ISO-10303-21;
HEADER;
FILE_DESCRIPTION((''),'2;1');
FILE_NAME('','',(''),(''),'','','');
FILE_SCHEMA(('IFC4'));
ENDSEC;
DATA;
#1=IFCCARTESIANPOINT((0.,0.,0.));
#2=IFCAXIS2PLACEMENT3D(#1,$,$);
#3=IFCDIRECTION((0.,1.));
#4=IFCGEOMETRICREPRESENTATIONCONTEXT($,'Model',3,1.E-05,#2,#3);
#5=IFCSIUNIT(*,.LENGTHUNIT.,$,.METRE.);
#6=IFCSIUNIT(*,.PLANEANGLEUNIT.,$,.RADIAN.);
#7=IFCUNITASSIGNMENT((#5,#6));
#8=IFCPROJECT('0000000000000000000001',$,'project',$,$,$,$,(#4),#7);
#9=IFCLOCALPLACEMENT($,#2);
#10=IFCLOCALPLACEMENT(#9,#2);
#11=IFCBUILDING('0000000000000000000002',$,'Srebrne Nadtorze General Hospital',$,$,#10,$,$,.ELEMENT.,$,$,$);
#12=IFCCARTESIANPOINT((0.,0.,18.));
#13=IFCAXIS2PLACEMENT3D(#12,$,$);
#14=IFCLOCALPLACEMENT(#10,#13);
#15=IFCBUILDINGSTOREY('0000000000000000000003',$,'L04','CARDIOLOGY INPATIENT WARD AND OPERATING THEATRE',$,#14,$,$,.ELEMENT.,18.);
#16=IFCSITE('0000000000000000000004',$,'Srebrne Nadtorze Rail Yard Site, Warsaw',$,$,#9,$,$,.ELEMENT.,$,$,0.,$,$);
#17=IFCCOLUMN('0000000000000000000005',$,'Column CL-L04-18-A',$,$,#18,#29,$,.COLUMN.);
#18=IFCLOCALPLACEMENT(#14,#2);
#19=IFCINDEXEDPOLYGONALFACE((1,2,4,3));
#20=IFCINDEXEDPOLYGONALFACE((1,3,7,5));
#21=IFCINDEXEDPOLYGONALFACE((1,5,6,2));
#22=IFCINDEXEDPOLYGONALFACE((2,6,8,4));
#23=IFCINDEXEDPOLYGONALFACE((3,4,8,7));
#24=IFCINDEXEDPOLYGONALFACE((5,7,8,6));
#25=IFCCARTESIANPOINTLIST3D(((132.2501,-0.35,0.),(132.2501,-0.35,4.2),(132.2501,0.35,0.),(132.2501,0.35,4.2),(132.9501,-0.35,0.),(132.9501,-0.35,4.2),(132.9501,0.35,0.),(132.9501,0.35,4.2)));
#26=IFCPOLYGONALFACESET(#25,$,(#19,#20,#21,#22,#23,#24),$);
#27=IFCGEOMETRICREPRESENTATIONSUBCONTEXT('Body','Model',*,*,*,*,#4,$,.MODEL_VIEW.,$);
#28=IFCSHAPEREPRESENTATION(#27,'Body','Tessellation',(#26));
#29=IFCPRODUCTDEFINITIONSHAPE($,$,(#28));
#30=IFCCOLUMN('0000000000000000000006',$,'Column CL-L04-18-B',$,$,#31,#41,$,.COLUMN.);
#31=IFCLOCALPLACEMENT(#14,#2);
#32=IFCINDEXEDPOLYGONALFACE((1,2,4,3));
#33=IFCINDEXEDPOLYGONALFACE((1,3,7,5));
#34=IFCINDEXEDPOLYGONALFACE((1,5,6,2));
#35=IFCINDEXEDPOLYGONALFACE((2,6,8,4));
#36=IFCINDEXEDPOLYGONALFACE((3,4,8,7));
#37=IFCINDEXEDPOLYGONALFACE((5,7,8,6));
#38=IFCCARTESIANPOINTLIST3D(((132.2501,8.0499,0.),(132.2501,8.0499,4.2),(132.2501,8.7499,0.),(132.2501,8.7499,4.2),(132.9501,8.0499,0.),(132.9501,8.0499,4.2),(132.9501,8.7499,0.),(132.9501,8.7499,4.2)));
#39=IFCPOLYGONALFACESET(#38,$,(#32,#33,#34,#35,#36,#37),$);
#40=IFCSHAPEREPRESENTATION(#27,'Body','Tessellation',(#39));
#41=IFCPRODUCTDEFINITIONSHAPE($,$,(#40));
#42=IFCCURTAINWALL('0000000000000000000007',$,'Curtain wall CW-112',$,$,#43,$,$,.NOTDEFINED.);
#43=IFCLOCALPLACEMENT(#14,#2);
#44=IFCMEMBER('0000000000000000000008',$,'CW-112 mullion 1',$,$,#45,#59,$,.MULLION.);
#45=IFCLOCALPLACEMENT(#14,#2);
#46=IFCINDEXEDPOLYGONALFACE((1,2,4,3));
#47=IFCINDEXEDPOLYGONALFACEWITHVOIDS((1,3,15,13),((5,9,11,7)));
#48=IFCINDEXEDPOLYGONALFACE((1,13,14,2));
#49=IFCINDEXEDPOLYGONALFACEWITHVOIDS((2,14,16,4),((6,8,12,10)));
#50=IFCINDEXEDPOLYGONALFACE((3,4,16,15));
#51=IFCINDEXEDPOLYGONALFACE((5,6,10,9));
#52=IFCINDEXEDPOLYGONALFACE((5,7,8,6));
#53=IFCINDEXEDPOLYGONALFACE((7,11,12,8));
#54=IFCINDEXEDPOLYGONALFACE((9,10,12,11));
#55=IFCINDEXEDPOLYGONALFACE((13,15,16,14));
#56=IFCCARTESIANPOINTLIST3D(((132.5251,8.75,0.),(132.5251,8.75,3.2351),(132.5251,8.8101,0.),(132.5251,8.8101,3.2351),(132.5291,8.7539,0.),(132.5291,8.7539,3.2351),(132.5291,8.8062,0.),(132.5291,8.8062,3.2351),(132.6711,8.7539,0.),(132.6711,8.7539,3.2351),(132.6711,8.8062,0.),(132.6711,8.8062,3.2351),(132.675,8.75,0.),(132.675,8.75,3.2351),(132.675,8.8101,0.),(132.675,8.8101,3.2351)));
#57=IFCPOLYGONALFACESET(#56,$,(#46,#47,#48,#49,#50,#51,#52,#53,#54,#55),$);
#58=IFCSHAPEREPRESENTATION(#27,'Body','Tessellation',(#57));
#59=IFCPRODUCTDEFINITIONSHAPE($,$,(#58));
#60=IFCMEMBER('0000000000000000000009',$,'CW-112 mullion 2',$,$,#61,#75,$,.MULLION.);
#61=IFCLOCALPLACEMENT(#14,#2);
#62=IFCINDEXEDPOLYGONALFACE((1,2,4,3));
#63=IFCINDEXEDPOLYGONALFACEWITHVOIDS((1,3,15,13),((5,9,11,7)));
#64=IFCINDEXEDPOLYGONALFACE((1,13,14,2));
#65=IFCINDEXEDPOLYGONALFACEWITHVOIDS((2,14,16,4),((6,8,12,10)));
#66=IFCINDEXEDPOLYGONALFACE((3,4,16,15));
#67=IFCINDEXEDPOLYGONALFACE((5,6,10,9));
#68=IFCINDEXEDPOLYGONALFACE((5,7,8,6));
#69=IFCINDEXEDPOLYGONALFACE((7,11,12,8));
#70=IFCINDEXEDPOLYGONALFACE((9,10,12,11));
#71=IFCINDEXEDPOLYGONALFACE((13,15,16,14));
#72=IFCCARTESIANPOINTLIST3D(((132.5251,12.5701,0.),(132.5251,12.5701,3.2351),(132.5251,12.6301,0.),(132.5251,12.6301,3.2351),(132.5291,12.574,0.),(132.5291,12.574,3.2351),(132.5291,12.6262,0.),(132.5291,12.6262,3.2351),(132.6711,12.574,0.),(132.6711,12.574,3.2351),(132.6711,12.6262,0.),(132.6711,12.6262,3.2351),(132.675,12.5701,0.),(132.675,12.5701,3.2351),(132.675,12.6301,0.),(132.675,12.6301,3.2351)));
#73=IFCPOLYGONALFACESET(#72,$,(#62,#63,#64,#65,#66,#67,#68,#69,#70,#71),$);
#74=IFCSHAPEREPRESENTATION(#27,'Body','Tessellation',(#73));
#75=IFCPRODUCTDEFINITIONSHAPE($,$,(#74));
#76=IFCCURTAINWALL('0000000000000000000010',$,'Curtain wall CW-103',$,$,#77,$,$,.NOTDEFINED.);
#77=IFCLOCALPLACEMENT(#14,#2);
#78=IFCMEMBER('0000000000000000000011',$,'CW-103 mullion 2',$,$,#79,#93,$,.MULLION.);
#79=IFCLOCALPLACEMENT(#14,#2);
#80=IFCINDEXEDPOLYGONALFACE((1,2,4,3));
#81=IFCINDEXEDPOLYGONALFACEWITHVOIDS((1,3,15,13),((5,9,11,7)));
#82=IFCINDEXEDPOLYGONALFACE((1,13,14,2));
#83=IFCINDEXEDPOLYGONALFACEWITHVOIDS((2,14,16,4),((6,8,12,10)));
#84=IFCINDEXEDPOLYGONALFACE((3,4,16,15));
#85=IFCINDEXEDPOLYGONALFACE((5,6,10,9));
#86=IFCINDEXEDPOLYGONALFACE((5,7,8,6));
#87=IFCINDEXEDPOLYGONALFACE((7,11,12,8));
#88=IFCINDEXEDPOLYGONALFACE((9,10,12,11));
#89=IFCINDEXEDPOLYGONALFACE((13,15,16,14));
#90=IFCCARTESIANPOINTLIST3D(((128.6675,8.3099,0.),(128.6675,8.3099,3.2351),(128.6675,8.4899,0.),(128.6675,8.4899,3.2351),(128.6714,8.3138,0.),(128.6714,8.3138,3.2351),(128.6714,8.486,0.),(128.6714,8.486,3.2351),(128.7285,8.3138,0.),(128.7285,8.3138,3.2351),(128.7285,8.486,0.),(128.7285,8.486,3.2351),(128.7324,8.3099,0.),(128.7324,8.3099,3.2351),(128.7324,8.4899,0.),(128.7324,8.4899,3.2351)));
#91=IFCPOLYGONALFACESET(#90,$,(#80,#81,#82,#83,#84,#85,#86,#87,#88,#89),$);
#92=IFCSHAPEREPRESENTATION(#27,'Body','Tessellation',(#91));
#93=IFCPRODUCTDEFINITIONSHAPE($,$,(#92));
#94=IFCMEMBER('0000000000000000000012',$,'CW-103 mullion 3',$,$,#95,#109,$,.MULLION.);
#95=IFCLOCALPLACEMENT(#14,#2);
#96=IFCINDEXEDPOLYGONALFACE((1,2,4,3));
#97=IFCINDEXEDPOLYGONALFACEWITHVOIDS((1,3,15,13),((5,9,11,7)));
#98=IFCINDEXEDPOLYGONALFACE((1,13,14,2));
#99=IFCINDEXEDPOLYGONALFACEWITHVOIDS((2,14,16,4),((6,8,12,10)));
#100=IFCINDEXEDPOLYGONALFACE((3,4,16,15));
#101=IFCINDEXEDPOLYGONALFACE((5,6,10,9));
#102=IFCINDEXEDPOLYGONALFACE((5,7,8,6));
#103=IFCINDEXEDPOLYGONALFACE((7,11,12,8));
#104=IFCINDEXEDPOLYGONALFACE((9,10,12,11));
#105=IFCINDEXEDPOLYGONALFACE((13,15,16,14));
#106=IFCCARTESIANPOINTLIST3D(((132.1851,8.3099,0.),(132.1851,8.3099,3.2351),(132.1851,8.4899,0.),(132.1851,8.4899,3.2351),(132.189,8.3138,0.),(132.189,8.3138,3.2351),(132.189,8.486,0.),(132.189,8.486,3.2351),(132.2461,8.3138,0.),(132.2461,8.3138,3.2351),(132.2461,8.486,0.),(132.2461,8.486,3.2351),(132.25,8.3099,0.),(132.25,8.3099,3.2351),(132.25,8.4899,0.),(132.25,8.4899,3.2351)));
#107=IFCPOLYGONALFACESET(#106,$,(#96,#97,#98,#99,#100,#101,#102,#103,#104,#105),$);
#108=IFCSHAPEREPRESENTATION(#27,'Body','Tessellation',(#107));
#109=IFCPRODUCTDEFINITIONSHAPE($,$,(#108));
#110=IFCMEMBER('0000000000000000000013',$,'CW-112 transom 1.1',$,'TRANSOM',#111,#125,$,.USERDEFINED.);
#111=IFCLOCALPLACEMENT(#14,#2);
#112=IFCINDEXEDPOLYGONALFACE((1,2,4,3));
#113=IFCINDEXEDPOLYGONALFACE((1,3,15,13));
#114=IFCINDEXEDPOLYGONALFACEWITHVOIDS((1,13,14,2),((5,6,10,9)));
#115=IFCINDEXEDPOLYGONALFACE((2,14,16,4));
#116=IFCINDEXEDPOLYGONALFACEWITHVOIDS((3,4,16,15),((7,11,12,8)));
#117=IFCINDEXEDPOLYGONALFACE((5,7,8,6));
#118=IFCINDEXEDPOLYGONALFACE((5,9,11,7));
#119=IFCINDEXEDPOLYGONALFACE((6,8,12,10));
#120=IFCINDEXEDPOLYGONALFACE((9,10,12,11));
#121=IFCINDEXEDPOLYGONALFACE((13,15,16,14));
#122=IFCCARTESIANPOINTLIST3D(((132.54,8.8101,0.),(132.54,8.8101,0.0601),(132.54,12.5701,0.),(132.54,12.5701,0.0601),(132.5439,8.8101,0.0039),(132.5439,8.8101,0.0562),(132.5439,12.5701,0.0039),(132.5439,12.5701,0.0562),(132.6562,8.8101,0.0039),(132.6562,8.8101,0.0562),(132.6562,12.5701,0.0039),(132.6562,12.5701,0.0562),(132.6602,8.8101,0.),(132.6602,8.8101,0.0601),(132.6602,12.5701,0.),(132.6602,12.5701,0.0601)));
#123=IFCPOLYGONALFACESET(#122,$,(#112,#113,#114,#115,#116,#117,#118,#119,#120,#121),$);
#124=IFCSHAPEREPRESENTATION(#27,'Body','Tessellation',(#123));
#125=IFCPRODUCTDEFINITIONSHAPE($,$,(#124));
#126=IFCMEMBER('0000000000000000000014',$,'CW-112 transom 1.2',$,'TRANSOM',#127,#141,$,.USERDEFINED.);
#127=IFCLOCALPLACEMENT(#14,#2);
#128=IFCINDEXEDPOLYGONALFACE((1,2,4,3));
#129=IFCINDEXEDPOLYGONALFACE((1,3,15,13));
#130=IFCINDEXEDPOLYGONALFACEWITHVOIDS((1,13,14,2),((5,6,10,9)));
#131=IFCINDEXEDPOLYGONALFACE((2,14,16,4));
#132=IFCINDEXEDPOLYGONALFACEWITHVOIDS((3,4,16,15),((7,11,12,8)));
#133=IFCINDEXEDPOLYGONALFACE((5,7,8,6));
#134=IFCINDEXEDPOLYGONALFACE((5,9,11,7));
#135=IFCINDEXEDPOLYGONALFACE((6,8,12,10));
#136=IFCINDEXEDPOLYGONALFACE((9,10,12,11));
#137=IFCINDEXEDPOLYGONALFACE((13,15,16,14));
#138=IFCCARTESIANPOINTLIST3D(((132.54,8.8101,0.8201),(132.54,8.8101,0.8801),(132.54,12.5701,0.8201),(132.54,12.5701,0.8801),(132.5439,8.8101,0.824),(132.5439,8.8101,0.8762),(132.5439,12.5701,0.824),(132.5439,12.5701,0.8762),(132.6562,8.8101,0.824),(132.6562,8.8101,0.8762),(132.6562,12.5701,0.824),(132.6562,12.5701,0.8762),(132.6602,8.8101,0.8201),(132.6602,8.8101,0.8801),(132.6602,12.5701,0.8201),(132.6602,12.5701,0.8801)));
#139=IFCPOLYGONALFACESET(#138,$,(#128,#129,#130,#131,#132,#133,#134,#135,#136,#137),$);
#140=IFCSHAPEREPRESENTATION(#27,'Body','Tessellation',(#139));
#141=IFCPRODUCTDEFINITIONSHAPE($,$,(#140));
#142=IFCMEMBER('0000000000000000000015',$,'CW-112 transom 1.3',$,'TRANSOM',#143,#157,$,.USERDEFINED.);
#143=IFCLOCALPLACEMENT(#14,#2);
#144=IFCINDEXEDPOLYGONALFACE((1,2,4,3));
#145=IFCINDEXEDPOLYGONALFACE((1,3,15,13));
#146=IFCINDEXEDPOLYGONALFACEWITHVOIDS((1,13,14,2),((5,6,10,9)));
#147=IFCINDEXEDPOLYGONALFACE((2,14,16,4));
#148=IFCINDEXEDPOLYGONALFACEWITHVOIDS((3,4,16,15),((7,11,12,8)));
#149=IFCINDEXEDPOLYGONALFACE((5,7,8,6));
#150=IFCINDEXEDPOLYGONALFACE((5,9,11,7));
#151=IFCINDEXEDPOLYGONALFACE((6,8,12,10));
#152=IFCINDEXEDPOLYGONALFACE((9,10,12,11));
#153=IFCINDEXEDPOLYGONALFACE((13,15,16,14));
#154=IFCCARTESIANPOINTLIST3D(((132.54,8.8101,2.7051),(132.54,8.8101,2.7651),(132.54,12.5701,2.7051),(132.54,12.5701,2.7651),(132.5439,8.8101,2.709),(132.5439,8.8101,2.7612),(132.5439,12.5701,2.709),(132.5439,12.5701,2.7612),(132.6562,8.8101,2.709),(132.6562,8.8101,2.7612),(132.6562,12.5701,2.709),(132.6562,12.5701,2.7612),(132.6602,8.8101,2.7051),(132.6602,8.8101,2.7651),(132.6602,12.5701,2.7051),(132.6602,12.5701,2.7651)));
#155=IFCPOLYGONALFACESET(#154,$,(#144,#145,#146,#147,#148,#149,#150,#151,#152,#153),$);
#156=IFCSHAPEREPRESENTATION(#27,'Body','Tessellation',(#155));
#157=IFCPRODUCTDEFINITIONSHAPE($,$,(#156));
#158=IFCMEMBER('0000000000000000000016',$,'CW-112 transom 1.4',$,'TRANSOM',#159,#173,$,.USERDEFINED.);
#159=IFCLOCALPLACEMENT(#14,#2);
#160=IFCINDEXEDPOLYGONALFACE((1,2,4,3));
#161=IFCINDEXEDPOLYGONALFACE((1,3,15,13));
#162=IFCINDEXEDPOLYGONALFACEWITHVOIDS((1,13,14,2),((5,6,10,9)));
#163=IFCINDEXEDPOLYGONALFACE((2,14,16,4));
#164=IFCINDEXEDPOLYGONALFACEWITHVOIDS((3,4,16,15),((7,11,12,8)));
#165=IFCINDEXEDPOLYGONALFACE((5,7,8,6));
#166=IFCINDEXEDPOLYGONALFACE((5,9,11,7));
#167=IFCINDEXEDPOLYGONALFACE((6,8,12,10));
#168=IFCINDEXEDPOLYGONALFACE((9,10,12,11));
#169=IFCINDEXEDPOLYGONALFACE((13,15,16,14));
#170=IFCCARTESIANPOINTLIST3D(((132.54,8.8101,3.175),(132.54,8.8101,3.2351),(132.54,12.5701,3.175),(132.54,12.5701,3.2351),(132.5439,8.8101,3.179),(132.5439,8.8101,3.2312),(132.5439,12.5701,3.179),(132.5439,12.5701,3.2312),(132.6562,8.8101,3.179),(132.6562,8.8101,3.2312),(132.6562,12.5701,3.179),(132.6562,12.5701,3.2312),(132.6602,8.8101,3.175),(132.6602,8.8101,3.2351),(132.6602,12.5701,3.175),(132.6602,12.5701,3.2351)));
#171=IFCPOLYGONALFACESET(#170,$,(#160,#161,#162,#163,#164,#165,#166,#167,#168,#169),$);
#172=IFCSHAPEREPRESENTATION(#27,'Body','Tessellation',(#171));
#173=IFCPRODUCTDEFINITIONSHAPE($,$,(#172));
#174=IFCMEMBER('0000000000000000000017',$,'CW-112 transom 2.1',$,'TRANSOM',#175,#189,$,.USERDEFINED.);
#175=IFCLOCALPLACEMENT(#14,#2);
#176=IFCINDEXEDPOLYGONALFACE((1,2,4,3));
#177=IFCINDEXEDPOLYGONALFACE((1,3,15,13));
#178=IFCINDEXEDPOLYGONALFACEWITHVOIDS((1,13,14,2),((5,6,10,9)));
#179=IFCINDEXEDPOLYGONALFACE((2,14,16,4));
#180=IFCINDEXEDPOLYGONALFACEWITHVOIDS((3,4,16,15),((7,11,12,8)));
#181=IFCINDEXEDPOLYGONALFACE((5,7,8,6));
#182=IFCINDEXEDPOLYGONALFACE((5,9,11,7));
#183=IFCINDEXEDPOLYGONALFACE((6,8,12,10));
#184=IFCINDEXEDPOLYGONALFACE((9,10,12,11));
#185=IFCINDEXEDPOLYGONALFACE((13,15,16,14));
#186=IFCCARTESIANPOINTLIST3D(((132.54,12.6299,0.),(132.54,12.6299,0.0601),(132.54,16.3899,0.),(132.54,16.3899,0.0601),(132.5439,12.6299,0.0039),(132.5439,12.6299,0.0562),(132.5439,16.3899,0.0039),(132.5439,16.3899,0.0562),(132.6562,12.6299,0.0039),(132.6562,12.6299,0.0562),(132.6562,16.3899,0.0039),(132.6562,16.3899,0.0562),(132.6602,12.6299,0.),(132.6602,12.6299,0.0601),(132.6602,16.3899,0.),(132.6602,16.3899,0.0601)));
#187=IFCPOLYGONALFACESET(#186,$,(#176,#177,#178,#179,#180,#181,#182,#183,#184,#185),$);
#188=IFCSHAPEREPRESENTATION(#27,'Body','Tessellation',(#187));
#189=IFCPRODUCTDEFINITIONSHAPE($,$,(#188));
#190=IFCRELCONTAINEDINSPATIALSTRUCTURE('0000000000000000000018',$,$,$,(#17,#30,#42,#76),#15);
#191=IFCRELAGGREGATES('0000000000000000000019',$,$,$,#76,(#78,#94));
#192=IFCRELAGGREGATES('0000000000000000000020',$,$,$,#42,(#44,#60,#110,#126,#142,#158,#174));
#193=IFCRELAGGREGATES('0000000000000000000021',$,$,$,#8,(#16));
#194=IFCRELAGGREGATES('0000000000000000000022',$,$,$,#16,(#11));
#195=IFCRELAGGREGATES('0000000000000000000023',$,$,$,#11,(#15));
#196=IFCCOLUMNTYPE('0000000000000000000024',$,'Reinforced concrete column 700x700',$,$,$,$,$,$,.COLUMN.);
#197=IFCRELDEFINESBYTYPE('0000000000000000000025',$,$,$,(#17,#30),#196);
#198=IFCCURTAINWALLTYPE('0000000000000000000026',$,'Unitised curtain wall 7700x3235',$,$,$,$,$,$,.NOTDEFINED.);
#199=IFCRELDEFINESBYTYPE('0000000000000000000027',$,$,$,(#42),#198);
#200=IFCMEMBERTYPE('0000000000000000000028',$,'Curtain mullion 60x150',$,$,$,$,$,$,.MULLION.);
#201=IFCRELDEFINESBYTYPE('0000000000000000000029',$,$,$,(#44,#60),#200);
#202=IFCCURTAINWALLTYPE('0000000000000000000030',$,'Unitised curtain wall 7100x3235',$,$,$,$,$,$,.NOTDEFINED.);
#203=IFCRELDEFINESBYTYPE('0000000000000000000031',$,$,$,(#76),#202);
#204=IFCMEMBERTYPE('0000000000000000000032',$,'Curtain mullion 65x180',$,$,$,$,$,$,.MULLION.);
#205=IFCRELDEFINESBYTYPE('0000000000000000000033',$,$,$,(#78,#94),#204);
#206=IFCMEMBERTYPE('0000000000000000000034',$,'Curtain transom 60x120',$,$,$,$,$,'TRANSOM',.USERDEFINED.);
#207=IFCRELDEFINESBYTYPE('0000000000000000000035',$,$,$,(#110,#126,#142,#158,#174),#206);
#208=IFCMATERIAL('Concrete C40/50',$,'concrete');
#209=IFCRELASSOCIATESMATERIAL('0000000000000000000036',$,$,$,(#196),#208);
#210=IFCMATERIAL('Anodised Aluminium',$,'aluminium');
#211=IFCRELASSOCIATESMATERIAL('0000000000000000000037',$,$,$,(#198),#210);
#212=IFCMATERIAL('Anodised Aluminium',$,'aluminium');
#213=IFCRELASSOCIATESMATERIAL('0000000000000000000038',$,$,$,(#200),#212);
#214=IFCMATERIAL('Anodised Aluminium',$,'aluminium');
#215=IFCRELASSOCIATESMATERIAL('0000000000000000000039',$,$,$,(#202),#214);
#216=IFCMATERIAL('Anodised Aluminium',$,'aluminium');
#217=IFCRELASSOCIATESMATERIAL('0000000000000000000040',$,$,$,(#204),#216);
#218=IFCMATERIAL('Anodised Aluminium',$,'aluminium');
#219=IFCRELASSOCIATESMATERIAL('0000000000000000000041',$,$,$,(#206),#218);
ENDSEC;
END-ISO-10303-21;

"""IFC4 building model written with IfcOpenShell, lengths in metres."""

from ifc_helpers import new_model, si_unit, direction, frame, origin, origin_2d, place, context, subcontext, project, spatial, rectangle, hollow_rectangle, extrude, material, material_profile, profile_set, type_object, element, aggregate, save


model = new_model("IFC4")

# Units and contexts
model_context = context("Model", 3, precision=1e-05, world=origin(), true_north=direction((0.0, 1.0)))
body_context = subcontext(model_context, "Body", "Model", "MODEL_VIEW")
ifc_project = project(units=[si_unit("LENGTHUNIT", "METRE"), si_unit("PLANEANGLEUNIT", "RADIAN")], contexts=[model_context])

# Site, building, storey
site_placement = place(None, origin())
site = spatial("IfcSite", under=ifc_project, at=site_placement, Name="Srebrne Nadtorze Rail Yard Site, Warsaw", CompositionType="ELEMENT", RefElevation=0.0)
building_placement = place(site_placement, origin())
building = spatial("IfcBuilding", under=site, at=building_placement, Name="Srebrne Nadtorze General Hospital", CompositionType="ELEMENT")
storey_placement = place(building_placement, frame((0.0, 0.0, 18.0)))
storey = spatial("IfcBuildingStorey", under=building, at=storey_placement, Name="L04", Description="CARDIOLOGY INPATIENT WARD AND OPERATING THEATRE", CompositionType="ELEMENT", Elevation=18.0)

# Columns
ifc_material_1 = material(Name="Concrete C40/50", Category="concrete")
ifc_material_profile_1 = material_profile(ifc_material_1, rectangle(XDim=0.7, YDim=0.7, at=origin_2d()), Name="RC-COL-700x700")
ifc_profile_set_1 = profile_set([ifc_material_profile_1], Name="Concrete C40/50")
column_type = type_object("IfcColumnType", Name="Reinforced concrete column 700x700", PredefinedType="COLUMN", material=ifc_profile_set_1)
for number, where, z_axis, x_axis, name in (
    (1, (132.6001, 0.0, 0.0), (0.0, 0.0, 1.0), (1.0, 0.0, 0.0), "Column CL-L04-18-A"),
    (2, (132.6001, 8.3999, 0.0), (0.0, 0.0, 1.0), (1.0, 0.0, 0.0), "Column CL-L04-18-B"),
):
    element("IfcColumn", number, at=place(storey_placement, frame(where, z_axis=z_axis, x_axis=x_axis)), inside=storey, type_object=column_type, Name=name, PredefinedType="COLUMN", context=body_context, shape_type="SweptSolid", body=[
        extrude(rectangle(XDim=0.7, YDim=0.7, at=origin_2d()), origin(), (0.0, 0.0, 1.0), 4.2),
    ])

# Curtain walls, members
ifc_material_2 = material(Name="Anodised Aluminium", Category="aluminium")
curtain_wall_type_1 = type_object("IfcCurtainWallType", Name="Unitised curtain wall 7700x3235", PredefinedType="NOTDEFINED", material=ifc_material_2)
curtain_wall_1_placement = place(storey_placement, origin())
curtain_wall_1 = element("IfcCurtainWall", 3, at=curtain_wall_1_placement, inside=storey, type_object=curtain_wall_type_1, Name="Curtain wall CW-112", PredefinedType="NOTDEFINED")
ifc_material_3 = material(Name="Anodised Aluminium", Category="aluminium")
ifc_material_profile_2 = material_profile(ifc_material_3, hollow_rectangle(XDim=0.0601, YDim=0.1499, WallThickness=0.0039, at=origin_2d()), Name="AL-MUL-60x150")
ifc_profile_set_2 = profile_set([ifc_material_profile_2], Name="Anodised Aluminium")
member_type_1 = type_object("IfcMemberType", Name="Curtain mullion 60x150", PredefinedType="MULLION", material=ifc_profile_set_2)
member_1_placement = place(storey_placement, frame((132.6001, 8.78, 0.0), z_axis=(0.0, 0.0, 1.0), x_axis=(0.0, 1.0, 0.0)))
member_1 = element("IfcMember", 4, at=member_1_placement, type_object=member_type_1, Name="CW-112 mullion 1", PredefinedType="MULLION", context=body_context, shape_type="SweptSolid", body=[
    extrude(hollow_rectangle(XDim=0.0601, YDim=0.1499, WallThickness=0.0039, at=origin_2d()), origin(), (0.0, 0.0, 1.0), 3.2351),
])
member_2_placement = place(storey_placement, frame((132.6001, 12.6001, 0.0), z_axis=(0.0, 0.0, 1.0), x_axis=(0.0, 1.0, 0.0)))
member_2 = element("IfcMember", 5, at=member_2_placement, type_object=member_type_1, Name="CW-112 mullion 2", PredefinedType="MULLION", context=body_context, shape_type="SweptSolid", body=[
    extrude(hollow_rectangle(XDim=0.0601, YDim=0.1499, WallThickness=0.0039, at=origin_2d()), origin(), (0.0, 0.0, 1.0), 3.2351),
])
ifc_material_4 = material(Name="Anodised Aluminium", Category="aluminium")
curtain_wall_type_2 = type_object("IfcCurtainWallType", Name="Unitised curtain wall 7100x3235", PredefinedType="NOTDEFINED", material=ifc_material_4)
curtain_wall_2_placement = place(storey_placement, origin())
curtain_wall_2 = element("IfcCurtainWall", 6, at=curtain_wall_2_placement, inside=storey, type_object=curtain_wall_type_2, Name="Curtain wall CW-103", PredefinedType="NOTDEFINED")
ifc_material_5 = material(Name="Anodised Aluminium", Category="aluminium")
ifc_material_profile_3 = material_profile(ifc_material_5, hollow_rectangle(XDim=0.0649, YDim=0.1799, WallThickness=0.0039, at=origin_2d()), Name="AL-MUL-65x180")
ifc_profile_set_3 = profile_set([ifc_material_profile_3], Name="Anodised Aluminium")
member_type_2 = type_object("IfcMemberType", Name="Curtain mullion 65x180", PredefinedType="MULLION", material=ifc_profile_set_3)
member_3_placement = place(storey_placement, frame((128.7, 8.3999, 0.0), z_axis=(0.0, 0.0, 1.0), x_axis=(1.0, 0.0, 0.0)))
member_3 = element("IfcMember", 7, at=member_3_placement, type_object=member_type_2, Name="CW-103 mullion 2", PredefinedType="MULLION", context=body_context, shape_type="SweptSolid", body=[
    extrude(hollow_rectangle(XDim=0.0649, YDim=0.1799, WallThickness=0.0039, at=origin_2d()), origin(), (0.0, 0.0, 1.0), 3.2351),
])
member_4_placement = place(storey_placement, frame((132.2175, 8.3999, 0.0), z_axis=(0.0, 0.0, 1.0), x_axis=(1.0, 0.0, 0.0)))
member_4 = element("IfcMember", 8, at=member_4_placement, type_object=member_type_2, Name="CW-103 mullion 3", PredefinedType="MULLION", context=body_context, shape_type="SweptSolid", body=[
    extrude(hollow_rectangle(XDim=0.0649, YDim=0.1799, WallThickness=0.0039, at=origin_2d()), origin(), (0.0, 0.0, 1.0), 3.2351),
])

# Members
ifc_material_6 = material(Name="Anodised Aluminium", Category="aluminium")
ifc_material_profile_4 = material_profile(ifc_material_6, hollow_rectangle(XDim=0.0601, YDim=0.1201, WallThickness=0.0039, at=origin_2d()), Name="AL-TRN-60x120")
ifc_profile_set_4 = profile_set([ifc_material_profile_4], Name="Anodised Aluminium")
member_type_3 = type_object("IfcMemberType", Name="Curtain transom 60x120", ElementType="TRANSOM", PredefinedType="USERDEFINED", material=ifc_profile_set_4)
member_5_placement = place(storey_placement, frame((132.6001, 8.8101, 0.03), z_axis=(0.0, 1.0, 0.0), x_axis=(0.0, 0.0, 1.0)))
member_5 = element("IfcMember", 9, at=member_5_placement, type_object=member_type_3, Name="CW-112 transom 1.1", ObjectType="TRANSOM", PredefinedType="USERDEFINED", context=body_context, shape_type="SweptSolid", body=[
    extrude(hollow_rectangle(XDim=0.0601, YDim=0.1201, WallThickness=0.0039, at=origin_2d()), origin(), (0.0, 0.0, 1.0), 3.76),
])
member_6_placement = place(storey_placement, frame((132.6001, 8.8101, 0.8501), z_axis=(0.0, 1.0, 0.0), x_axis=(0.0, 0.0, 1.0)))
member_6 = element("IfcMember", 10, at=member_6_placement, type_object=member_type_3, Name="CW-112 transom 1.2", ObjectType="TRANSOM", PredefinedType="USERDEFINED", context=body_context, shape_type="SweptSolid", body=[
    extrude(hollow_rectangle(XDim=0.0601, YDim=0.1201, WallThickness=0.0039, at=origin_2d()), origin(), (0.0, 0.0, 1.0), 3.76),
])
member_7_placement = place(storey_placement, frame((132.6001, 8.8101, 2.7351), z_axis=(0.0, 1.0, 0.0), x_axis=(0.0, 0.0, 1.0)))
member_7 = element("IfcMember", 11, at=member_7_placement, type_object=member_type_3, Name="CW-112 transom 1.3", ObjectType="TRANSOM", PredefinedType="USERDEFINED", context=body_context, shape_type="SweptSolid", body=[
    extrude(hollow_rectangle(XDim=0.0601, YDim=0.1201, WallThickness=0.0039, at=origin_2d()), origin(), (0.0, 0.0, 1.0), 3.76),
])
member_8_placement = place(storey_placement, frame((132.6001, 8.8101, 3.2051), z_axis=(0.0, 1.0, 0.0), x_axis=(0.0, 0.0, 1.0)))
member_8 = element("IfcMember", 12, at=member_8_placement, type_object=member_type_3, Name="CW-112 transom 1.4", ObjectType="TRANSOM", PredefinedType="USERDEFINED", context=body_context, shape_type="SweptSolid", body=[
    extrude(hollow_rectangle(XDim=0.0601, YDim=0.1201, WallThickness=0.0039, at=origin_2d()), origin(), (0.0, 0.0, 1.0), 3.76),
])
member_9_placement = place(storey_placement, frame((132.6001, 12.6299, 0.03), z_axis=(0.0, 1.0, 0.0), x_axis=(0.0, 0.0, 1.0)))
member_9 = element("IfcMember", 13, at=member_9_placement, type_object=member_type_3, Name="CW-112 transom 2.1", ObjectType="TRANSOM", PredefinedType="USERDEFINED", context=body_context, shape_type="SweptSolid", body=[
    extrude(hollow_rectangle(XDim=0.0601, YDim=0.1201, WallThickness=0.0039, at=origin_2d()), origin(), (0.0, 0.0, 1.0), 3.76),
])

aggregate(curtain_wall_2, [member_3, member_4])
aggregate(curtain_wall_1, [member_1, member_2, member_5, member_6, member_7, member_8, member_9])

save(model, "model.ifc")
